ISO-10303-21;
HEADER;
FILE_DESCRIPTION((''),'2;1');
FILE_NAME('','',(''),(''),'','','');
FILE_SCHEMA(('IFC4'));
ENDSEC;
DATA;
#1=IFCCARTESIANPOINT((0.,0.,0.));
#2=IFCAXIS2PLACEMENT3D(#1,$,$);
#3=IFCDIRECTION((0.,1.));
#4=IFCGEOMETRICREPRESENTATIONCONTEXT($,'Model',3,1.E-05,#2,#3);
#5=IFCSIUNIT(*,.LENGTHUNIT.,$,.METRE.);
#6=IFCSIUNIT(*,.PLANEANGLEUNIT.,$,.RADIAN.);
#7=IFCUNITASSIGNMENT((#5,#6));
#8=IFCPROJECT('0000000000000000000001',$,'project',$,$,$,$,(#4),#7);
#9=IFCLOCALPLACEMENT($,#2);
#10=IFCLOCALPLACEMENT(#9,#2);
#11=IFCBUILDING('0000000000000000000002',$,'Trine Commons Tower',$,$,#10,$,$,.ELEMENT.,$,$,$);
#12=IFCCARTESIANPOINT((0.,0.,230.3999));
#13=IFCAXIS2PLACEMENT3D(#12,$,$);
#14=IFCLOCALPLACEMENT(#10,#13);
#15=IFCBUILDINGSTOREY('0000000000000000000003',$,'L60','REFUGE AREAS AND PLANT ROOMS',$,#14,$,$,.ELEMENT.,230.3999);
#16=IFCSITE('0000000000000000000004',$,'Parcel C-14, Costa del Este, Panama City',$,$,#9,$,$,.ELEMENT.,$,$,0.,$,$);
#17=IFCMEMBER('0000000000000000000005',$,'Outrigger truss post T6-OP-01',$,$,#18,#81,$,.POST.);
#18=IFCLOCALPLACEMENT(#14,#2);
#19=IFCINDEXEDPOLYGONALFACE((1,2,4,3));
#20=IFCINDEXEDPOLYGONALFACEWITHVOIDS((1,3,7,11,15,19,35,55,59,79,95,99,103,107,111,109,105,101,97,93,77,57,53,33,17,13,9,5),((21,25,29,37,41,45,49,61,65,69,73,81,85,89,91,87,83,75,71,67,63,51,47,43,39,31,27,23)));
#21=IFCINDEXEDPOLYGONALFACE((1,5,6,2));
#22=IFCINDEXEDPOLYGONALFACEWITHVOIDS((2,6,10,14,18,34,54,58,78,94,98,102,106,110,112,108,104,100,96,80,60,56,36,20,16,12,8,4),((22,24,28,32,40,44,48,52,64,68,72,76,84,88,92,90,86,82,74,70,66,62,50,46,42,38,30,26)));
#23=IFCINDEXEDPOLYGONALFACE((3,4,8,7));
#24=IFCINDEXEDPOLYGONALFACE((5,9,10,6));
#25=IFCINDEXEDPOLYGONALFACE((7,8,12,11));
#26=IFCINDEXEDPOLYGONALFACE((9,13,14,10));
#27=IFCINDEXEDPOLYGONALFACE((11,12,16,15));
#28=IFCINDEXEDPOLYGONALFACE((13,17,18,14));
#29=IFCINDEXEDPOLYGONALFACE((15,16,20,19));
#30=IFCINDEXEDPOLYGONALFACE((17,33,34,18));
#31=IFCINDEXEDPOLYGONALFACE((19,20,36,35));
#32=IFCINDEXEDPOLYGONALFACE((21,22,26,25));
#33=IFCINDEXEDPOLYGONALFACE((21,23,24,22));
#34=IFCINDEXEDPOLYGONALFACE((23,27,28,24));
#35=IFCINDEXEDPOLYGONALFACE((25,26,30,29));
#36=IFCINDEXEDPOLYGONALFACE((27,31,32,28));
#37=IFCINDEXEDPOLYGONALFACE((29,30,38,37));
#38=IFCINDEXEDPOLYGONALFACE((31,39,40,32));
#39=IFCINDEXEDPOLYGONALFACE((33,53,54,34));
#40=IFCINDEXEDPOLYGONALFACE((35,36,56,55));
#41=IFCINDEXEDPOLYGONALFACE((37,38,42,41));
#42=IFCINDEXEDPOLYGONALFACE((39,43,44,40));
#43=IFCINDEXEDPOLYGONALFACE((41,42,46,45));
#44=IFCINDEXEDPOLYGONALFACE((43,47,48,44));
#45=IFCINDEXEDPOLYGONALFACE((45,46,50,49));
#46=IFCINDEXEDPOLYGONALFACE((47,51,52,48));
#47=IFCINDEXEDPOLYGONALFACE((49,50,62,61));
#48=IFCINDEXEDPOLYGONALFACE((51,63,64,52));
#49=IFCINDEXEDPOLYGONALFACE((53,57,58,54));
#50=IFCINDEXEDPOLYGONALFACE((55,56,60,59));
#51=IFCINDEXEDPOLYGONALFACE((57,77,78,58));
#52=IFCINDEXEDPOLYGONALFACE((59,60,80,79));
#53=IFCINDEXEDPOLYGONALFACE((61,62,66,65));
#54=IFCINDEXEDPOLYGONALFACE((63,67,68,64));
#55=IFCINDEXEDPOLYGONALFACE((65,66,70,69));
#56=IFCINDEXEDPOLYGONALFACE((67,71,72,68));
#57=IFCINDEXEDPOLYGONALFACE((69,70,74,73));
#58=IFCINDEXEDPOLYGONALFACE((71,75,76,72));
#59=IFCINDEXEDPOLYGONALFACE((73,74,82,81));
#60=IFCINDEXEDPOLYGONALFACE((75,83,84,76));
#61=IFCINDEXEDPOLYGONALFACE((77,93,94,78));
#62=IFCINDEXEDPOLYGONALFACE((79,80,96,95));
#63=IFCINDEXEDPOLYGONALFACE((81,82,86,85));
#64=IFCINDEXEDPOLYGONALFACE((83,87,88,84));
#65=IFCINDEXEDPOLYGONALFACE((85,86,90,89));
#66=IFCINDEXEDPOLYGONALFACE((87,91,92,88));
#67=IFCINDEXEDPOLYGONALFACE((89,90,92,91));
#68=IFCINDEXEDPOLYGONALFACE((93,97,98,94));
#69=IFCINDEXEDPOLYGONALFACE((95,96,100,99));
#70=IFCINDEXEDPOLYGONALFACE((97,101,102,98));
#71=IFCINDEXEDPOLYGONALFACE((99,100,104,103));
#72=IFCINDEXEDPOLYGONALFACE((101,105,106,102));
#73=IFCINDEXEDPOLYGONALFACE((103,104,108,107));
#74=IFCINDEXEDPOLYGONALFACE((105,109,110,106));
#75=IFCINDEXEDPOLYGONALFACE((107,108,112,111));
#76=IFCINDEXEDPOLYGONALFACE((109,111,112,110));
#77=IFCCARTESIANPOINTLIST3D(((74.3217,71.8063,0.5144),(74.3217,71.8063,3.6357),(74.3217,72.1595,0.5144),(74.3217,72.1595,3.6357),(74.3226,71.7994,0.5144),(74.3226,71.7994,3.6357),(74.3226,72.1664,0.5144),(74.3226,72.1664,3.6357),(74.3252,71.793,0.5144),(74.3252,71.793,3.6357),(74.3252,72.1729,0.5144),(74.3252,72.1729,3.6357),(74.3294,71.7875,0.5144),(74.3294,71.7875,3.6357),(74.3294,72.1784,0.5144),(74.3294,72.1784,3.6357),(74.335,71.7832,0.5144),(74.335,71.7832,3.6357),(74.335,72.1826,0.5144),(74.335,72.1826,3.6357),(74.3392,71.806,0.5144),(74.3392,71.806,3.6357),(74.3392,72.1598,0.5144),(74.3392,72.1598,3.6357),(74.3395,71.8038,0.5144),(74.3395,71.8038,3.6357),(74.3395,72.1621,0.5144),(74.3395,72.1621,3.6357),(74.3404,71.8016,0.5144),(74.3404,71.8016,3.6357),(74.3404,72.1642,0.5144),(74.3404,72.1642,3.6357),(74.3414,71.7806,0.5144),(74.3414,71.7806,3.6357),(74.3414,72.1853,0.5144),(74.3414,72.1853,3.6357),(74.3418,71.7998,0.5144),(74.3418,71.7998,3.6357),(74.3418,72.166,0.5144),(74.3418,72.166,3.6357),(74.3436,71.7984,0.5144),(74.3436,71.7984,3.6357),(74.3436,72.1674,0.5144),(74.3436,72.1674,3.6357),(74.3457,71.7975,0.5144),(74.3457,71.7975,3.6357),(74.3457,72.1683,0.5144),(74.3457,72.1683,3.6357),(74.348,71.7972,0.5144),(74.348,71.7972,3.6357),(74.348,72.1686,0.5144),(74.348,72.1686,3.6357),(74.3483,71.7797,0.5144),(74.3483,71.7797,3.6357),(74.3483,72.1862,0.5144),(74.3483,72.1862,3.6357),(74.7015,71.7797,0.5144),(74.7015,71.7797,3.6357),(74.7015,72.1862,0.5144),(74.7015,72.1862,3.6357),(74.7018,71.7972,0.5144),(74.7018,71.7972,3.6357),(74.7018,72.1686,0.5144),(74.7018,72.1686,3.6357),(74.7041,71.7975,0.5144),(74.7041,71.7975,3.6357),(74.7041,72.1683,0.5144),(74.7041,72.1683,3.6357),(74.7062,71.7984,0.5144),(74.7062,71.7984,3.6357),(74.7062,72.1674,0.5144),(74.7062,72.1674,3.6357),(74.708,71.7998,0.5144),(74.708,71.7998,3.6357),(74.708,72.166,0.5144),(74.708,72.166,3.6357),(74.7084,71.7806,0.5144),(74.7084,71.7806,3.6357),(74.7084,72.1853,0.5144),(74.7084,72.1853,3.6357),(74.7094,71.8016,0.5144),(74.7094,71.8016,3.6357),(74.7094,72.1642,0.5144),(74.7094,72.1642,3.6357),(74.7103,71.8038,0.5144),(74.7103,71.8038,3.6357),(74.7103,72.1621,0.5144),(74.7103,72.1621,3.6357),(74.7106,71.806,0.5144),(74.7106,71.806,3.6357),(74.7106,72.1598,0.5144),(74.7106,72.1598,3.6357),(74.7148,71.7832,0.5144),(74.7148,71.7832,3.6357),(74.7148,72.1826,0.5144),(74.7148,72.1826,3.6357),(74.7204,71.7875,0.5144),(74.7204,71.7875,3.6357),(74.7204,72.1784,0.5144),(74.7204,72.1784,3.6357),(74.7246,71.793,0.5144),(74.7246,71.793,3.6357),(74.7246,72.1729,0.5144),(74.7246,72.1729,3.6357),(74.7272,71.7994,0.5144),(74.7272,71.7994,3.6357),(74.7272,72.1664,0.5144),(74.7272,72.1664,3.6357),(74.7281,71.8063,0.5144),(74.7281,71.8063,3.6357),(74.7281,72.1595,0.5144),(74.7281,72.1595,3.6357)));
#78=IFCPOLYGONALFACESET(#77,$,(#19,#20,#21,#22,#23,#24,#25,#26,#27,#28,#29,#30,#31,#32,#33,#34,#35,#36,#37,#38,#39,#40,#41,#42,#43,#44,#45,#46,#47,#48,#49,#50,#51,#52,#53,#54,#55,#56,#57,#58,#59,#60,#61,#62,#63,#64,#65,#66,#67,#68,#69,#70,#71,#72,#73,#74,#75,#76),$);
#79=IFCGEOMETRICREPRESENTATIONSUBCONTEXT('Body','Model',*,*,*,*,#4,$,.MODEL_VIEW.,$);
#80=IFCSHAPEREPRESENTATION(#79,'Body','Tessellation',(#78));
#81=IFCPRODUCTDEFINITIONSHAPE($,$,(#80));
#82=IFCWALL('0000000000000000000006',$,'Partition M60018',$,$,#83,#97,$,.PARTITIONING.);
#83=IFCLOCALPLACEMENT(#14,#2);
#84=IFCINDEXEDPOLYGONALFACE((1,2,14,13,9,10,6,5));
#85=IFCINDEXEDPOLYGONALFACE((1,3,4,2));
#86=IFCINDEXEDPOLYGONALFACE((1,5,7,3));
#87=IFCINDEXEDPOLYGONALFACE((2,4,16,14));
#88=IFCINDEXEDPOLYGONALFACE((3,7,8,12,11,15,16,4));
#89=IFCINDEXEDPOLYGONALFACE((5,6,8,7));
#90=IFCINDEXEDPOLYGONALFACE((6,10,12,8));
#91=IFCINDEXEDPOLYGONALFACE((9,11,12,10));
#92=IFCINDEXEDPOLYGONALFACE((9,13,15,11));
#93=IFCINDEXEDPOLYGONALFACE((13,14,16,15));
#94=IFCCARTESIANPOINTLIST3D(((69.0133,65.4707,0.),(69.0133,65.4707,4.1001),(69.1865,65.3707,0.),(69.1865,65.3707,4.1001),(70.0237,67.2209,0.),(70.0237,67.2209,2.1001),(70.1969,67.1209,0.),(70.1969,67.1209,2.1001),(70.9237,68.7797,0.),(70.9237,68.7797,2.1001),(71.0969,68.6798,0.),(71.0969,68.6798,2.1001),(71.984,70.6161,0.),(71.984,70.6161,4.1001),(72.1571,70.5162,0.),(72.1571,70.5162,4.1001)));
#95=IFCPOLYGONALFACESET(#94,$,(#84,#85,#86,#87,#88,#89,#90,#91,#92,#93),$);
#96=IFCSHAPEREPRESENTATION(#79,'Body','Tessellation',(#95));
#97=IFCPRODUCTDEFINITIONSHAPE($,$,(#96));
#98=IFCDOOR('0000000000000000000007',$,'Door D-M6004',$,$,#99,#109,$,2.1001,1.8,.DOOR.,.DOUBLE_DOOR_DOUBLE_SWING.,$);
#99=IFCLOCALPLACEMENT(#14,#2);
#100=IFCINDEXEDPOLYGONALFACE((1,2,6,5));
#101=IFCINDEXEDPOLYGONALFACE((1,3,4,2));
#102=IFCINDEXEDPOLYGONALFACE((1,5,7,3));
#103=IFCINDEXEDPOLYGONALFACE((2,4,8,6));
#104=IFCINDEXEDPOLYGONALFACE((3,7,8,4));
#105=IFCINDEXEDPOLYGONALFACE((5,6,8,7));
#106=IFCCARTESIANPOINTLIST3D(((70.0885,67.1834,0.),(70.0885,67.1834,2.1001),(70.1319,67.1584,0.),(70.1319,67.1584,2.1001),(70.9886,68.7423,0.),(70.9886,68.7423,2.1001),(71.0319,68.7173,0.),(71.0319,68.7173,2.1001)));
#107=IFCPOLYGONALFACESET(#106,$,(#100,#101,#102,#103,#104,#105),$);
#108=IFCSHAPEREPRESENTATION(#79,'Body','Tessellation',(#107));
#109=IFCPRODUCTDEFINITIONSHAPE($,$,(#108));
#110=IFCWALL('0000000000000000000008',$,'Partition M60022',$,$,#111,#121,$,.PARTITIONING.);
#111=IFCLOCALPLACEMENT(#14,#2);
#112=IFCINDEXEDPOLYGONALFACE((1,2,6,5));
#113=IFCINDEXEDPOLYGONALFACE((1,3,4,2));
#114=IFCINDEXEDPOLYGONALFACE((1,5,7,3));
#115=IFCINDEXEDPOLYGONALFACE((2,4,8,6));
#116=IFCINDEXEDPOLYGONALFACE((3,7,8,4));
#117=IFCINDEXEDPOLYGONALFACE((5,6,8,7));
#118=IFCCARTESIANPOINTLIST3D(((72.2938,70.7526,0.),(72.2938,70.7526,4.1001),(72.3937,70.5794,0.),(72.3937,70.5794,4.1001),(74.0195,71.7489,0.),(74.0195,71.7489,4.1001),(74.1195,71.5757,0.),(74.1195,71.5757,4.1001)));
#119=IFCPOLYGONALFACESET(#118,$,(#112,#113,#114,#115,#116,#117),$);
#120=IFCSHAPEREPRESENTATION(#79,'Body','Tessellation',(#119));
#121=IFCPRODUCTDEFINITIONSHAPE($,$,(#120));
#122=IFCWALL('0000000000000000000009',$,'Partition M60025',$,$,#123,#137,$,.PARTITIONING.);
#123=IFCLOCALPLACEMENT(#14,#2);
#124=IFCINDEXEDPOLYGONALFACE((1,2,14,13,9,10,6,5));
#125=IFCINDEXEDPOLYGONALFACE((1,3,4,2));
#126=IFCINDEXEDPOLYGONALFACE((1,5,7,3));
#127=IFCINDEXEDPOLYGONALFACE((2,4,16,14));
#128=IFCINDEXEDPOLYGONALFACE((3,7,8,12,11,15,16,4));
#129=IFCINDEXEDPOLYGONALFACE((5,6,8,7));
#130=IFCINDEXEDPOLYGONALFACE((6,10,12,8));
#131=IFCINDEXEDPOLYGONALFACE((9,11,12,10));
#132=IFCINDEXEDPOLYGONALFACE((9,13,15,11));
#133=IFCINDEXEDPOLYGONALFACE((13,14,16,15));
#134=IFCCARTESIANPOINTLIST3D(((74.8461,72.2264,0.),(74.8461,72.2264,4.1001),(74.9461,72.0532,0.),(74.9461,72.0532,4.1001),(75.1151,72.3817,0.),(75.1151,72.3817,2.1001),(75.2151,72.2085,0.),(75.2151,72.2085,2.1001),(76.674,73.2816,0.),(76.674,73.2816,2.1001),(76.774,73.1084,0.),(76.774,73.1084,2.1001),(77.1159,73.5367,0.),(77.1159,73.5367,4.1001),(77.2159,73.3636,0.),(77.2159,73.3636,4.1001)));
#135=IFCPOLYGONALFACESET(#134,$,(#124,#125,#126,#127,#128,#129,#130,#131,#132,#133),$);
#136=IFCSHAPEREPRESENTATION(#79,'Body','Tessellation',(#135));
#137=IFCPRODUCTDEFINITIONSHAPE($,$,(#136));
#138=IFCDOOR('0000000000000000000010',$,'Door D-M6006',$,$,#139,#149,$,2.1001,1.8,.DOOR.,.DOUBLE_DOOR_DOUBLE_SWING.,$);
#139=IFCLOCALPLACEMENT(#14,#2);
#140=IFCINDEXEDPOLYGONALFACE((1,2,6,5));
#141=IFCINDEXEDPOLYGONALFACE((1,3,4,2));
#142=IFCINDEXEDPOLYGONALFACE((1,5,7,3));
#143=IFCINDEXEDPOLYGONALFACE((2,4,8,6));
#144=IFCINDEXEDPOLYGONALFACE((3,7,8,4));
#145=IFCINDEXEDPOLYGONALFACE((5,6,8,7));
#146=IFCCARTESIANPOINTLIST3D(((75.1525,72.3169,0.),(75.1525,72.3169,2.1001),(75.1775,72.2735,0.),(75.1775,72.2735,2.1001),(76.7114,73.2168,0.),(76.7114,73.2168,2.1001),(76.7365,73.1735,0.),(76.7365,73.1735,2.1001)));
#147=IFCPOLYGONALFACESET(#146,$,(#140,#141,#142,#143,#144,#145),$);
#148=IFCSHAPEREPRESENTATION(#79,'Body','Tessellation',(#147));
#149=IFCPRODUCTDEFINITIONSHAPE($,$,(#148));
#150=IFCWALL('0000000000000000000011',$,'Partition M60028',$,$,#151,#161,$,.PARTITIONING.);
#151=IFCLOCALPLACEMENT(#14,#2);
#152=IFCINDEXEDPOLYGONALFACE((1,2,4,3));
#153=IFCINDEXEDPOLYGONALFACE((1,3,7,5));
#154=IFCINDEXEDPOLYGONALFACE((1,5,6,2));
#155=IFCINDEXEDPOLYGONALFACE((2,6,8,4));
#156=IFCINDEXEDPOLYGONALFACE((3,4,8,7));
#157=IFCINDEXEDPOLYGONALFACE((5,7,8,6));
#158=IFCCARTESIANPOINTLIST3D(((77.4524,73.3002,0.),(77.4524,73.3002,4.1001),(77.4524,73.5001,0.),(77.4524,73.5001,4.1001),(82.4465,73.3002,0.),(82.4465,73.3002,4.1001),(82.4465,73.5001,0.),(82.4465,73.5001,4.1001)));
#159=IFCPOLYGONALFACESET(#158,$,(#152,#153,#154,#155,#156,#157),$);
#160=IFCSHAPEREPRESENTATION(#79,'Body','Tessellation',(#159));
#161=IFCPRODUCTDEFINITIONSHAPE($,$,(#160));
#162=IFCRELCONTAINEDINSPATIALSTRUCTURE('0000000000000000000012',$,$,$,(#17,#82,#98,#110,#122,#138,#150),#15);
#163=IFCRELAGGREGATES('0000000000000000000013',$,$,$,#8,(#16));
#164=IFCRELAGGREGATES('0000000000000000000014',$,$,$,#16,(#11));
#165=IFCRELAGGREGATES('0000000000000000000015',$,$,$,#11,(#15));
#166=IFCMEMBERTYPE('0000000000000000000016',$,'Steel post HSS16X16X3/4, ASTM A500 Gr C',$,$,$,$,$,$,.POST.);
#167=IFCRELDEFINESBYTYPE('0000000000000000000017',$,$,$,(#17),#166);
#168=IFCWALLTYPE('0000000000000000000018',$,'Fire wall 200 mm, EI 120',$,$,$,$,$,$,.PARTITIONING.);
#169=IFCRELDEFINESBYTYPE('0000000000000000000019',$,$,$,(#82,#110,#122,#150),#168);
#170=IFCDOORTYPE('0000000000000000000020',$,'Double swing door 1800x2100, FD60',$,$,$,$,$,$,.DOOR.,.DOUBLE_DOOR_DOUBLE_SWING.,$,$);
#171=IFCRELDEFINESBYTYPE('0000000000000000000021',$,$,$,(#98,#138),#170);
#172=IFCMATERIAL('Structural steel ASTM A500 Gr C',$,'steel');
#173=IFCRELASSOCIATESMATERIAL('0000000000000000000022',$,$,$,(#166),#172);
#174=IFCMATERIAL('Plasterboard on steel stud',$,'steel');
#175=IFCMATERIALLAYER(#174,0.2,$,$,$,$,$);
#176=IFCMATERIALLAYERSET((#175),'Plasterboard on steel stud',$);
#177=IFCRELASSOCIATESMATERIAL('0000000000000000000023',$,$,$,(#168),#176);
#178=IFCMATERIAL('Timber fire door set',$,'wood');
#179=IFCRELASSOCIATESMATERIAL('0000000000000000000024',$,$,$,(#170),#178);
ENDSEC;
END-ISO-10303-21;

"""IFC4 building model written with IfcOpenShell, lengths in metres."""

from ifc_helpers import new_model, si_unit, direction, frame, frame_2d, origin, origin_2d, place, context, subcontext, project, spatial, rectangle, hollow_rectangle, extrude, material, layer, layer_set, material_profile, profile_set, type_object, element, fill, save


model = new_model("IFC4")

# Units and contexts
model_context = context("Model", 3, precision=1e-05, world=origin(), true_north=direction((0.0, 1.0)))
body_context = subcontext(model_context, "Body", "Model", "MODEL_VIEW")
ifc_project = project(units=[si_unit("LENGTHUNIT", "METRE"), si_unit("PLANEANGLEUNIT", "RADIAN")], contexts=[model_context])

# Site, building, storey
site_placement = place(None, origin())
site = spatial("IfcSite", under=ifc_project, at=site_placement, Name="Parcel C-14, Costa del Este, Panama City", CompositionType="ELEMENT", RefElevation=0.0)
building_placement = place(site_placement, origin())
building = spatial("IfcBuilding", under=site, at=building_placement, Name="Trine Commons Tower", CompositionType="ELEMENT")
storey_placement = place(building_placement, frame((0.0, 0.0, 230.3999)))
storey = spatial("IfcBuildingStorey", under=building, at=storey_placement, Name="L60", Description="REFUGE AREAS AND PLANT ROOMS", CompositionType="ELEMENT", Elevation=230.3999)

# Member
ifc_material_1 = material(Name="Structural steel ASTM A500 Gr C", Category="steel")
ifc_material_profile_1 = material_profile(ifc_material_1, hollow_rectangle(XDim=0.4065, YDim=0.4065, WallThickness=0.0176, InnerFilletRadius=0.0088, OuterFilletRadius=0.0266, at=origin_2d()), Name="HSS16X16X3/4")
ifc_profile_set_1 = profile_set([ifc_material_profile_1], Name="Structural steel ASTM A500 Gr C")
member_type_1 = type_object("IfcMemberType", Name="Steel post HSS16X16X3/4, ASTM A500 Gr C", PredefinedType="POST", material=ifc_profile_set_1)
member_1_placement = place(storey_placement, frame((74.5249, 71.9829, 0.5144), z_axis=(0.0, 0.0, 1.0), x_axis=(1.0, 0.0, 0.0)))
element("IfcMember", 1, at=member_1_placement, inside=storey, type_object=member_type_1, Name="Outrigger truss post T6-OP-01", PredefinedType="POST", context=body_context, shape_type="SweptSolid", body=[
    extrude(hollow_rectangle(XDim=0.4065, YDim=0.4065, WallThickness=0.0176, InnerFilletRadius=0.0088, OuterFilletRadius=0.0266, at=origin_2d()), origin(), (0.0, 0.0, 1.0), 3.1213),
])

# Wall, opening, door
ifc_material_2 = material(Name="Plasterboard on steel stud", Category="steel")
ifc_layer_1 = layer(ifc_material_2, 0.2)
ifc_layer_set_1 = layer_set([ifc_layer_1], Name="Plasterboard on steel stud")
wall_type_1 = type_object("IfcWallType", Name="Fire wall 200 mm, EI 120", PredefinedType="PARTITIONING", material=ifc_layer_set_1)
wall_1_placement = place(storey_placement, frame((72.0706, 70.5662, 0.0), z_axis=(0.0, 0.0, 1.0), x_axis=(-0.499993, -0.86603, 0.0)))
wall_1 = element("IfcWall", 2, at=wall_1_placement, inside=storey, type_object=wall_type_1, Name="Partition M60018", PredefinedType="PARTITIONING", context=body_context, shape_type="SweptSolid", body=[
    extrude(rectangle(XDim=5.9414, YDim=0.2, at=frame_2d((2.9707, 0.0))), origin(), (0.0, 0.0, 1.0), 4.1001),
])
opening_1_placement = place(wall_1_placement, frame((2.1206, 0.0, 0.0)))
opening_1 = element("IfcOpeningElement", 3, at=opening_1_placement, cuts=wall_1, PredefinedType="OPENING", context=body_context, shape_type="SweptSolid", body=[
    extrude(rectangle(XDim=1.8, YDim=2.1001, at=frame_2d((0.8999, 1.05))), frame((0.0, 0.1099, 0.0), z_axis=(0.0, -1.0, 0.0), x_axis=(1.0, 0.0, 0.0)), (0.0, 0.0, 1.0), 0.22),
])
ifc_material_3 = material(Name="Timber fire door set", Category="wood")
door_type_1 = type_object("IfcDoorType", Name="Double swing door 1800x2100, FD60", OperationType="DOUBLE_DOOR_DOUBLE_SWING", PredefinedType="DOOR", material=ifc_material_3)
door_1_placement = place(opening_1_placement, origin())
door_1 = element("IfcDoor", 4, at=door_1_placement, inside=storey, type_object=door_type_1, Name="Door D-M6004", OperationType="DOUBLE_DOOR_DOUBLE_SWING", OverallHeight=2.1001, OverallWidth=1.8, PredefinedType="DOOR", context=body_context, shape_type="SweptSolid", body=[
    extrude(rectangle(XDim=1.8, YDim=2.1001, at=frame_2d((0.8999, 1.05))), frame((0.0, 0.0249, 0.0), z_axis=(0.0, -1.0, 0.0), x_axis=(1.0, 0.0, 0.0)), (0.0, 0.0, 1.0), 0.05),
])
fill(opening_1, door_1)

# Wall
wall_2_placement = place(storey_placement, frame((72.3438, 70.666, 0.0), z_axis=(0.0, 0.0, 1.0), x_axis=(0.866041, 0.499973, 0.0)))
element("IfcWall", 5, at=wall_2_placement, inside=storey, type_object=wall_type_1, Name="Partition M60022", PredefinedType="PARTITIONING", context=body_context, shape_type="SweptSolid", body=[
    extrude(rectangle(XDim=1.9927, YDim=0.2, at=frame_2d((0.9963, 0.0))), origin(), (0.0, 0.0, 1.0), 4.1001),
])

# Wall, opening, door
wall_3_placement = place(storey_placement, frame((77.166, 73.4502, 0.0), z_axis=(0.0, 0.0, 1.0), x_axis=(-0.866051, -0.499956, 0.0)))
wall_3 = element("IfcWall", 6, at=wall_3_placement, inside=storey, type_object=wall_type_1, Name="Partition M60025", PredefinedType="PARTITIONING", context=body_context, shape_type="SweptSolid", body=[
    extrude(rectangle(XDim=2.6208, YDim=0.2, at=frame_2d((1.3105, 0.0))), origin(), (0.0, 0.0, 1.0), 4.1001),
])
opening_2_placement = place(wall_3_placement, frame((0.5105, 0.0, 0.0)))
opening_2 = element("IfcOpeningElement", 7, at=opening_2_placement, cuts=wall_3, PredefinedType="OPENING", context=body_context, shape_type="SweptSolid", body=[
    extrude(rectangle(XDim=1.8, YDim=2.1001, at=frame_2d((0.8999, 1.05))), frame((0.0, 0.1099, 0.0), z_axis=(0.0, -1.0, 0.0), x_axis=(1.0, 0.0, 0.0)), (0.0, 0.0, 1.0), 0.22),
])
door_2_placement = place(opening_2_placement, origin())
door_2 = element("IfcDoor", 8, at=door_2_placement, inside=storey, type_object=door_type_1, Name="Door D-M6006", OperationType="DOUBLE_DOOR_DOUBLE_SWING", OverallHeight=2.1001, OverallWidth=1.8, PredefinedType="DOOR", context=body_context, shape_type="SweptSolid", body=[
    extrude(rectangle(XDim=1.8, YDim=2.1001, at=frame_2d((0.8999, 1.05))), frame((0.0, 0.0249, 0.0), z_axis=(0.0, -1.0, 0.0), x_axis=(1.0, 0.0, 0.0)), (0.0, 0.0, 1.0), 0.05),
])
fill(opening_2, door_2)

# Wall
wall_4_placement = place(storey_placement, frame((77.4524, 73.4001, 0.0), z_axis=(0.0, 0.0, 1.0), x_axis=(1.0, 0.0, 0.0)))
element("IfcWall", 9, at=wall_4_placement, inside=storey, type_object=wall_type_1, Name="Partition M60028", PredefinedType="PARTITIONING", context=body_context, shape_type="SweptSolid", body=[
    extrude(rectangle(XDim=4.9941, YDim=0.2, at=frame_2d((2.4971, 0.0))), origin(), (0.0, 0.0, 1.0), 4.1001),
])

save(model, "model.ifc")
